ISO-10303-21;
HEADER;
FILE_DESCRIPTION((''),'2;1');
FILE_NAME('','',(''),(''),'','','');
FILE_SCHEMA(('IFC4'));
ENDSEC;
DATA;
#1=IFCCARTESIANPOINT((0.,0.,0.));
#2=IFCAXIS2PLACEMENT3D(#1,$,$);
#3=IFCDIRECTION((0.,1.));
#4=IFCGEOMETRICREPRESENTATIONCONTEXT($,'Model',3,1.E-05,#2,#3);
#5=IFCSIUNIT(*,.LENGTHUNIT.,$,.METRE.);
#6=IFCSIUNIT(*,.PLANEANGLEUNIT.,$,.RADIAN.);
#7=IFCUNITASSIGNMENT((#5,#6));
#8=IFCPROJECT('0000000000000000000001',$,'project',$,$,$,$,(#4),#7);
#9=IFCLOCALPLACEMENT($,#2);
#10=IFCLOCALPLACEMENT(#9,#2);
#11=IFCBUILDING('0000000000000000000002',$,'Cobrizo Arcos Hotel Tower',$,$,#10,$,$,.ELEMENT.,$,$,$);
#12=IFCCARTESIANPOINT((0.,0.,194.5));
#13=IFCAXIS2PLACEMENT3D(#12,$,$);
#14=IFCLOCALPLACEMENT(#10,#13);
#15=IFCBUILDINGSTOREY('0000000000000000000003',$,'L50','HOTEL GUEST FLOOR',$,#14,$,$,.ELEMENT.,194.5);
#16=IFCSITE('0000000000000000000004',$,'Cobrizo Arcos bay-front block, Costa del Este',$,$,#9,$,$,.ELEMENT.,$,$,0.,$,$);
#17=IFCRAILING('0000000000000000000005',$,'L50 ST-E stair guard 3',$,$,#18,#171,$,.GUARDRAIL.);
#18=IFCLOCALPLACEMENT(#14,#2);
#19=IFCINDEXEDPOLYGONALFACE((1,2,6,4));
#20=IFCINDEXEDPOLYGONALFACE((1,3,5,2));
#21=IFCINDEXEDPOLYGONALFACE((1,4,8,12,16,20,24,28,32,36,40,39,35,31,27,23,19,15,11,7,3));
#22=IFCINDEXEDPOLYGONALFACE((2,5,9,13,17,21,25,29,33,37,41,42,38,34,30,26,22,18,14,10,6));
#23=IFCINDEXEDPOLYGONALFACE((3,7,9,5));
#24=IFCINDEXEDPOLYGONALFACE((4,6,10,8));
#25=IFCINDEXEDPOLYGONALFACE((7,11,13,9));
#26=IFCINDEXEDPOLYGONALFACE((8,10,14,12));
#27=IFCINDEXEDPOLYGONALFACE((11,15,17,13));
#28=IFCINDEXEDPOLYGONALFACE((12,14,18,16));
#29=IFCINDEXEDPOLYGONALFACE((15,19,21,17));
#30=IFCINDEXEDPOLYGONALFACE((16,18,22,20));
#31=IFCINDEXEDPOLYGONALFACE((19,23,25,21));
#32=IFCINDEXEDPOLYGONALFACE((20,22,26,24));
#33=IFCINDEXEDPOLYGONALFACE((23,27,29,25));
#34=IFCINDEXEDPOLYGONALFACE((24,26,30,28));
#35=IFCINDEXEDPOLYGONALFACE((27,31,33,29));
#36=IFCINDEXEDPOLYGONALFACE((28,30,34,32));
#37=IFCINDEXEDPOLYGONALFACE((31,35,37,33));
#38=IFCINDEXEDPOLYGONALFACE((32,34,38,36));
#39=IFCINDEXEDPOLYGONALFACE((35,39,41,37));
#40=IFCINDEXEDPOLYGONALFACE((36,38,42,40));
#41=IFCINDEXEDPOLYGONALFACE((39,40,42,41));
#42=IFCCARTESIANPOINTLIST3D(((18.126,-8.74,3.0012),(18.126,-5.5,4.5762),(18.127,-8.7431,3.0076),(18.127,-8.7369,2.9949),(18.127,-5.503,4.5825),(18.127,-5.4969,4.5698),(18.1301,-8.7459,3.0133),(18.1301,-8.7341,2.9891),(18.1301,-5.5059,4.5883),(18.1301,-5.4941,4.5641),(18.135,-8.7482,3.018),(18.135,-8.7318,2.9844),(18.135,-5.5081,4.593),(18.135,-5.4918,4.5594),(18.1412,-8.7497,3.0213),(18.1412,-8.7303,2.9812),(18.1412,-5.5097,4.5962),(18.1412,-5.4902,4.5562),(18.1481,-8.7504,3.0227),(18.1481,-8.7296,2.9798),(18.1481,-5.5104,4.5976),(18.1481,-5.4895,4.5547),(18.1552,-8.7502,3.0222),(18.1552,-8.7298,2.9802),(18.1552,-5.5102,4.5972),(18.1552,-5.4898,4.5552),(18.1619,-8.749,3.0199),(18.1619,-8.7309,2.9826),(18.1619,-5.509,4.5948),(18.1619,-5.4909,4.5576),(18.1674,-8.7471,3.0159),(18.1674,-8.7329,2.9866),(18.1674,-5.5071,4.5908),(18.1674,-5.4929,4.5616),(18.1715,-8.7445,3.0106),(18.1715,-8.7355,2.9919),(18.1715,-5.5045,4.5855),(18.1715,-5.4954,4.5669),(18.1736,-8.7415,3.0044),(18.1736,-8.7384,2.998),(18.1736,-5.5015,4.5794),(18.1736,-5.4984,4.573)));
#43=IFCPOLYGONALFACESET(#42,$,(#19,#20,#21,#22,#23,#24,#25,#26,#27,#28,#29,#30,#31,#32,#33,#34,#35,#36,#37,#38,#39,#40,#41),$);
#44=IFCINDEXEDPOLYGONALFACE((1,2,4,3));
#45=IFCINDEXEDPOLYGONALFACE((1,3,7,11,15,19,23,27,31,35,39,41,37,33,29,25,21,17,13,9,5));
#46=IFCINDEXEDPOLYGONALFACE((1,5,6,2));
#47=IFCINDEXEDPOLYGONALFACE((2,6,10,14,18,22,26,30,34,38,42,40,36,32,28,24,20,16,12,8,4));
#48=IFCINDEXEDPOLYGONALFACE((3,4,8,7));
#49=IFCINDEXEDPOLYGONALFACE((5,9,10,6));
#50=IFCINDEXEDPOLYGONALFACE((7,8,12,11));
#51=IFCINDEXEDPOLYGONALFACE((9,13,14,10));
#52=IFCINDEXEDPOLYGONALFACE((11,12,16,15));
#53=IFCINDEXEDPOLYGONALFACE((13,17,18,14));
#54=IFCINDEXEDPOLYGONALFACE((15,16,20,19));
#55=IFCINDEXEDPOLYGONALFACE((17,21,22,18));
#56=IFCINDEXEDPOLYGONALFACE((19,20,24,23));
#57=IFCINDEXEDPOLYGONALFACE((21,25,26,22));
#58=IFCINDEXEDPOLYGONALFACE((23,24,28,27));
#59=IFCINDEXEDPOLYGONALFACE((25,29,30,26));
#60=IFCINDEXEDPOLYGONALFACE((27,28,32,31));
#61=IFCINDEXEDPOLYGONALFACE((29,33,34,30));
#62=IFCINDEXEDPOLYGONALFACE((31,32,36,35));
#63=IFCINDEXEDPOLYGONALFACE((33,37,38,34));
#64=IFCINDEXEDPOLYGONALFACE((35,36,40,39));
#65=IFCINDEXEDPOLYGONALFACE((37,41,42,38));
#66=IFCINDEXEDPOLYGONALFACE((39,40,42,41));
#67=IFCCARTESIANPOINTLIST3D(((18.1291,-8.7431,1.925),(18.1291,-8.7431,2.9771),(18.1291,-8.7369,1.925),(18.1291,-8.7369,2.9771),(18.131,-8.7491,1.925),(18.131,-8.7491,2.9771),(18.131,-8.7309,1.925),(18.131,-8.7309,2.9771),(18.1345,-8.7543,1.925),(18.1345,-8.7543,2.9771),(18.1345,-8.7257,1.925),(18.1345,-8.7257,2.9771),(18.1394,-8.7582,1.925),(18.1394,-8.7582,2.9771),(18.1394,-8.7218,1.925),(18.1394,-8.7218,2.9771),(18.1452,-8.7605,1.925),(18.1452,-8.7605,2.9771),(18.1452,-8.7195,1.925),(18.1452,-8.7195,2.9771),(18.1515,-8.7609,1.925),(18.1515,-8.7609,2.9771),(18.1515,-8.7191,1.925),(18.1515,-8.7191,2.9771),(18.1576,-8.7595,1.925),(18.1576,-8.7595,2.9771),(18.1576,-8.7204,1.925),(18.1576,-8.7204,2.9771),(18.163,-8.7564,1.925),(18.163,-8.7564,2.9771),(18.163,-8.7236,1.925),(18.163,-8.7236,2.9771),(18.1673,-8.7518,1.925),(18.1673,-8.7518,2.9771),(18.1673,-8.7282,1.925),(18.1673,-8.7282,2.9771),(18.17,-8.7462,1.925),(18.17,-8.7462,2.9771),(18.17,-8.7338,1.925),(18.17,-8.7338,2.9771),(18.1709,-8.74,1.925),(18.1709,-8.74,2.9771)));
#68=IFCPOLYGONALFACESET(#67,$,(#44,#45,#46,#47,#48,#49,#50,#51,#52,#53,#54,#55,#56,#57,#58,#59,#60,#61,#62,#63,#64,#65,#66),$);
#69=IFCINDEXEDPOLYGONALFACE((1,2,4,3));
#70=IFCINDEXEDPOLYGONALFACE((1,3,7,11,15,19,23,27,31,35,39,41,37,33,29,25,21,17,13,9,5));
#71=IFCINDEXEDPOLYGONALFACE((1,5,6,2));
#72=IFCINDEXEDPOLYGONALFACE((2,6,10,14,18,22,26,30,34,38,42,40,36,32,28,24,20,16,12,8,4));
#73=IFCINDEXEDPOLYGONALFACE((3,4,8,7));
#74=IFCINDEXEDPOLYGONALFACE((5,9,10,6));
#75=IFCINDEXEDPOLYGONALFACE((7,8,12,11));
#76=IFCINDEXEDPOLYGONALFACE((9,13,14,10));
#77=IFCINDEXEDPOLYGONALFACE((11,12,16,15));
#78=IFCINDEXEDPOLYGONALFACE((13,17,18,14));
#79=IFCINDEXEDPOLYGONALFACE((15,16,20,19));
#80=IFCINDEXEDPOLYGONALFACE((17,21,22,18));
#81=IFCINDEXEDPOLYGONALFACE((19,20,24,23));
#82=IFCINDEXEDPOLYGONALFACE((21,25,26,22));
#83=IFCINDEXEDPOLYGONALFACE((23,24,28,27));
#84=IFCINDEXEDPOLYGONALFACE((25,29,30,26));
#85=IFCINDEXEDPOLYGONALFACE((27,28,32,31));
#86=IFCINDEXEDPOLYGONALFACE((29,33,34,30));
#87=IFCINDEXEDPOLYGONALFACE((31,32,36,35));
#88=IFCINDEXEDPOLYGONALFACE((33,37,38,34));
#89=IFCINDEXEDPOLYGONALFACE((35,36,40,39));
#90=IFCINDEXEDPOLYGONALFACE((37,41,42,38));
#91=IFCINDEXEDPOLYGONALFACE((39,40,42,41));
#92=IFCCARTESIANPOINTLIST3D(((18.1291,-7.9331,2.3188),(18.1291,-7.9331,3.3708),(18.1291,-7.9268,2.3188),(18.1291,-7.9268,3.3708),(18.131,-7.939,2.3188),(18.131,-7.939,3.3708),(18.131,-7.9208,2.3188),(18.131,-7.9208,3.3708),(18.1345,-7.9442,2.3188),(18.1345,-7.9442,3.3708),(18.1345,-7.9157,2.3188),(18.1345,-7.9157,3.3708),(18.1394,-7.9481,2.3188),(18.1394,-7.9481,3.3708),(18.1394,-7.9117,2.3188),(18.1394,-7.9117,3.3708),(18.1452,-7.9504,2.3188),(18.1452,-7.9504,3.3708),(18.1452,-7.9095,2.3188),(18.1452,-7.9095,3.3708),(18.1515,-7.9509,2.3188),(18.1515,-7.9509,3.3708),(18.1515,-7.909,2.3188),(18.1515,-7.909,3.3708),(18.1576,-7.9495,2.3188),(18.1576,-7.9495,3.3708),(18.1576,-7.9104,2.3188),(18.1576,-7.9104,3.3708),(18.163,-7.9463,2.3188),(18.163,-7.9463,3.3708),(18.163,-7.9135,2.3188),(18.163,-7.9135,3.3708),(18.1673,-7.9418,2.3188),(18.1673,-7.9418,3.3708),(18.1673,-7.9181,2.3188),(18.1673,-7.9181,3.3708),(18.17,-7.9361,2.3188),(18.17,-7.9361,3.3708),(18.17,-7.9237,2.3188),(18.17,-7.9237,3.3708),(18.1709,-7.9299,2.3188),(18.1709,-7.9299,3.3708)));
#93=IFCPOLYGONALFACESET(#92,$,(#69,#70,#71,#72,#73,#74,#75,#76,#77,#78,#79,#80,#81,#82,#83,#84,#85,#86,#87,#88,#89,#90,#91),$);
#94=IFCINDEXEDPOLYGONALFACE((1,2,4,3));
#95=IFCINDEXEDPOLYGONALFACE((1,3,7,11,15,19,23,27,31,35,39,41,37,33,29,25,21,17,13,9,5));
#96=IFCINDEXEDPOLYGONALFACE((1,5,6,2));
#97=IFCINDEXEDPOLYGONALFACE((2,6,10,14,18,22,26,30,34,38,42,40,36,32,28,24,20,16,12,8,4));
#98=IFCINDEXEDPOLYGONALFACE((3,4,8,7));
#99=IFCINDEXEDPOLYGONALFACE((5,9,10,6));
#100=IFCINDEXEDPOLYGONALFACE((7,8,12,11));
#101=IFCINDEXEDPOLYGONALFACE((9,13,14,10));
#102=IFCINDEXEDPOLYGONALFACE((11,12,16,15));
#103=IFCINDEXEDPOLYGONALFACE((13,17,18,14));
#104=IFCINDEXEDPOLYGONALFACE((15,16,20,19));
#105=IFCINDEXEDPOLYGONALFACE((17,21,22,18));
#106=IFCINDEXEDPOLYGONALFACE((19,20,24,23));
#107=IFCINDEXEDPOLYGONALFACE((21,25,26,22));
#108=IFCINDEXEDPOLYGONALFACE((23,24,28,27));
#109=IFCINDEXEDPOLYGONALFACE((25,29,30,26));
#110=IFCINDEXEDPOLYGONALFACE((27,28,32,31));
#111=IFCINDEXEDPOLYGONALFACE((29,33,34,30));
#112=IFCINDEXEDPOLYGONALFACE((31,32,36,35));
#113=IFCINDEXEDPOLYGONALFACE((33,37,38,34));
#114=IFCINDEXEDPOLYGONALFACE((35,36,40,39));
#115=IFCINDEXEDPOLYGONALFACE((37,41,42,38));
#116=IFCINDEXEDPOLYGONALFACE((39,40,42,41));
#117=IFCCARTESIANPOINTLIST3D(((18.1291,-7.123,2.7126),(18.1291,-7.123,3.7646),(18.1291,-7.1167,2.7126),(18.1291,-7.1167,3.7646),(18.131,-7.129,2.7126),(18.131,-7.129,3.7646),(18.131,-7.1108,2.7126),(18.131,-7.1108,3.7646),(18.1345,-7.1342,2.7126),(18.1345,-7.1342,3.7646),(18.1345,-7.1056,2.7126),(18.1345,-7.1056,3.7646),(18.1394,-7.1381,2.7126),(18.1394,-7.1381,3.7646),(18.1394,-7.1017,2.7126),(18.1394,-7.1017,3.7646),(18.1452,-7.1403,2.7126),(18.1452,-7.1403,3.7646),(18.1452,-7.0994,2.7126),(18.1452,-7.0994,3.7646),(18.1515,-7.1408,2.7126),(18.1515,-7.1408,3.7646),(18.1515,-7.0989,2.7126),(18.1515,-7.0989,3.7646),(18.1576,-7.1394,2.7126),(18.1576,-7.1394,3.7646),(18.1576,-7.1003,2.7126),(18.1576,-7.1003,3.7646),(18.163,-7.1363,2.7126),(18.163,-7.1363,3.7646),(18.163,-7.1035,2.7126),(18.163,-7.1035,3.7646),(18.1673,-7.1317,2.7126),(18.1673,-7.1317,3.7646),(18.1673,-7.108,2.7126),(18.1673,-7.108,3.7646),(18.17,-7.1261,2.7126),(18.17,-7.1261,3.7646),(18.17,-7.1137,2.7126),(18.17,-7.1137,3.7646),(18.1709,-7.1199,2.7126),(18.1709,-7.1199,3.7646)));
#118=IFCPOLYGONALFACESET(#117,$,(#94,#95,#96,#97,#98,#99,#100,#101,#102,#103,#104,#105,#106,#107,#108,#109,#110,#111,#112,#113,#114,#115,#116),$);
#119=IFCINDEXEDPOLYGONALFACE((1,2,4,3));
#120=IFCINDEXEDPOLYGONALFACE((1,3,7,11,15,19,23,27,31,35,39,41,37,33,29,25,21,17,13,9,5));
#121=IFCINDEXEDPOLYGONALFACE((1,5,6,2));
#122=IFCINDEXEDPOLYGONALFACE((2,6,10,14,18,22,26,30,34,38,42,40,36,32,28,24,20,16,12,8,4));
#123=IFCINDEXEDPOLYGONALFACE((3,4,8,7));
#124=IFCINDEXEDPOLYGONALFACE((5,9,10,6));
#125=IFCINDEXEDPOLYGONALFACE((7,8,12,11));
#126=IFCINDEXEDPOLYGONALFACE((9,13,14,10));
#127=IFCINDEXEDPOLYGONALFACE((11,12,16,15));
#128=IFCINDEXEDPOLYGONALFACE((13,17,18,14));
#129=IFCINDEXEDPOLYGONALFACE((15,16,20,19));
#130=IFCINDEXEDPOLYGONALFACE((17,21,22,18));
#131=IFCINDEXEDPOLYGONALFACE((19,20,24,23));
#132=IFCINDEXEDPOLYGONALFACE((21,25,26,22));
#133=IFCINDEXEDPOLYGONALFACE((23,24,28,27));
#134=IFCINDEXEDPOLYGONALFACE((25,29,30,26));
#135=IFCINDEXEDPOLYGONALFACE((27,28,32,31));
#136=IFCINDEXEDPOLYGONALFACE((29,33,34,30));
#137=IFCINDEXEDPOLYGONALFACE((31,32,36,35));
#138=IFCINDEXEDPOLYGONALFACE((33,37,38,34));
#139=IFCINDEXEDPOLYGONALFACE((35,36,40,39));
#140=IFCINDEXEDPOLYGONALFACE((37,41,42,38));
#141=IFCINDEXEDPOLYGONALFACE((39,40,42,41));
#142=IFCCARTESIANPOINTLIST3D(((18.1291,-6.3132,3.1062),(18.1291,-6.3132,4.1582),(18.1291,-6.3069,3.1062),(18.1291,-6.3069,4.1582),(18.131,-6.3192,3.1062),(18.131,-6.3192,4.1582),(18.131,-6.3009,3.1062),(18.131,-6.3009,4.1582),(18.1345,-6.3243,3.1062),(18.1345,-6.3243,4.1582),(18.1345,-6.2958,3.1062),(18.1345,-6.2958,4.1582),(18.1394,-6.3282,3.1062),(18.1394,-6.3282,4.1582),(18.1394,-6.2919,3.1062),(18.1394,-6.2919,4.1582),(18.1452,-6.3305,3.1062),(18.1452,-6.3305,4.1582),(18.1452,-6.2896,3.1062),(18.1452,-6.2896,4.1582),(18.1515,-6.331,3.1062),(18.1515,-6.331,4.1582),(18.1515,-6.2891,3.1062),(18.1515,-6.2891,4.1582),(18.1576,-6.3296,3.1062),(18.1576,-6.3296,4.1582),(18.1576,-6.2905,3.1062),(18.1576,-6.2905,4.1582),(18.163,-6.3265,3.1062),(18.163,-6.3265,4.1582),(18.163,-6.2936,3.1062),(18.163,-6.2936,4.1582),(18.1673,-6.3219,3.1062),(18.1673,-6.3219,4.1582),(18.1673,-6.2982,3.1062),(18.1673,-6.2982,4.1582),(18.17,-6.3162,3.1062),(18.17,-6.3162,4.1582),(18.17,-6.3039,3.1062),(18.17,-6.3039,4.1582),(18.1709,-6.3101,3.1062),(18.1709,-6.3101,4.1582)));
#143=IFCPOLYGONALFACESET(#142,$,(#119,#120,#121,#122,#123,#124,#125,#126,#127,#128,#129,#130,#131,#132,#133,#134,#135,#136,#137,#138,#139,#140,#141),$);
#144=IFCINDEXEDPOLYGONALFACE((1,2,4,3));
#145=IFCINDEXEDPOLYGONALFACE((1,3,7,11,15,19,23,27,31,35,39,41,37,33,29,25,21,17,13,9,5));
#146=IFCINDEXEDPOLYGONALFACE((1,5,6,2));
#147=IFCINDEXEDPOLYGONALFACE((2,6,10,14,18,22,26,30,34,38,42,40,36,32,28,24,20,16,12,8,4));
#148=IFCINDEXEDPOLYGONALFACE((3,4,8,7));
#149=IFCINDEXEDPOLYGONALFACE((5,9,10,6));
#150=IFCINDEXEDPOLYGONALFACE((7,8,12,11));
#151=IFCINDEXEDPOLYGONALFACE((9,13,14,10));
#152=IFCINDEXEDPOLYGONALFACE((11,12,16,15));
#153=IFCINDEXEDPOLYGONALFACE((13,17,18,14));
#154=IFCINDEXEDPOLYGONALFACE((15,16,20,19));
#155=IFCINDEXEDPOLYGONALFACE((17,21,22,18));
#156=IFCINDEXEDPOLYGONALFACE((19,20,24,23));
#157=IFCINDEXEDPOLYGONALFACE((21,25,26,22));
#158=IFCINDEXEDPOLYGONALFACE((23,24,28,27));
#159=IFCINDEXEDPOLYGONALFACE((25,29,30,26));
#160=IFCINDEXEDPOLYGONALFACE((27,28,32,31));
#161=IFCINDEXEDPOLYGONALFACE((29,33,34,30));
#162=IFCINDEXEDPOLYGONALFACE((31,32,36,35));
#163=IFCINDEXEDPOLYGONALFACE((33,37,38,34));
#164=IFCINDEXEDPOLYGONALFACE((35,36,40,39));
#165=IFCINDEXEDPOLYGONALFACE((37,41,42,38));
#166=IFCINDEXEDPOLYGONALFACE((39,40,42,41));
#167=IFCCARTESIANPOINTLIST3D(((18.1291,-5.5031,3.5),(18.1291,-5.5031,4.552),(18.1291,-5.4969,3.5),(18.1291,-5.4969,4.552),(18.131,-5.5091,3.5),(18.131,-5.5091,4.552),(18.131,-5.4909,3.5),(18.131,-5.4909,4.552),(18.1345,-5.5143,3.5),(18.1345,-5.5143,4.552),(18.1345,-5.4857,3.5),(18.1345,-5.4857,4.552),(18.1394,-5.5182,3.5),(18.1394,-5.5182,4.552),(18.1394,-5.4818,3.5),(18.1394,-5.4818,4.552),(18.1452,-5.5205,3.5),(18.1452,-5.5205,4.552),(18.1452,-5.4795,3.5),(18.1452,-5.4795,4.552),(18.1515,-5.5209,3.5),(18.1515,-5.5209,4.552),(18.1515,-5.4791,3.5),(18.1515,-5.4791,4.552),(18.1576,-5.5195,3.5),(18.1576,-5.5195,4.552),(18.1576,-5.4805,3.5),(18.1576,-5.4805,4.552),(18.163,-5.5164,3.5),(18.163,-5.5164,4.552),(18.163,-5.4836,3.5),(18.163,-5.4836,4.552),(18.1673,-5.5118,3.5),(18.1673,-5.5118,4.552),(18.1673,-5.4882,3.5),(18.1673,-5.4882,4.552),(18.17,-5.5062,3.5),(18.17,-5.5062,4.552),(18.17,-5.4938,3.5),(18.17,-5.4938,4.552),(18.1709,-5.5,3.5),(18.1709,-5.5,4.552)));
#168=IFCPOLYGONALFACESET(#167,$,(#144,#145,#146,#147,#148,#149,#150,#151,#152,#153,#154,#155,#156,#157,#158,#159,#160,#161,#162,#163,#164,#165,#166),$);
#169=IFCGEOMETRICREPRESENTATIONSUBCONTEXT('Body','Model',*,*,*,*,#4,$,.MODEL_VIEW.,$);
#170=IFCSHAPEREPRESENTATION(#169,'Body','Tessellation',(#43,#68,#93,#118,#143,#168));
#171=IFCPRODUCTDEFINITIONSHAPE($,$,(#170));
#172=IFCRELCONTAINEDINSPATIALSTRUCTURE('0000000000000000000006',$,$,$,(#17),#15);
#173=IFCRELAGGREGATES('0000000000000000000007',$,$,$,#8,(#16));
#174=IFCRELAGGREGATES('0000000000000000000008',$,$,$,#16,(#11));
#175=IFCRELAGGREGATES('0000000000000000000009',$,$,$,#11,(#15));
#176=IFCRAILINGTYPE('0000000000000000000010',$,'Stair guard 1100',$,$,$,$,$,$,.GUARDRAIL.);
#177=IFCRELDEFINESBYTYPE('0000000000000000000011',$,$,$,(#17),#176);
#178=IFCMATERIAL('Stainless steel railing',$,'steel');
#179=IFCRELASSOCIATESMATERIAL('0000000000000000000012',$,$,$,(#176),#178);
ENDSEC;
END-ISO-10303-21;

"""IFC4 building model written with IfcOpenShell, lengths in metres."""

from ifc_helpers import new_model, si_unit, direction, frame, origin, origin_2d, place, context, subcontext, project, spatial, circle, extrude, material, type_object, element, save


model = new_model("IFC4")

# Units and contexts
model_context = context("Model", 3, precision=1e-05, world=origin(), true_north=direction((0.0, 1.0)))
body_context = subcontext(model_context, "Body", "Model", "MODEL_VIEW")
ifc_project = project(units=[si_unit("LENGTHUNIT", "METRE"), si_unit("PLANEANGLEUNIT", "RADIAN")], contexts=[model_context])

# Site, building, storey
site_placement = place(None, origin())
site = spatial("IfcSite", under=ifc_project, at=site_placement, Name="Cobrizo Arcos bay-front block, Costa del Este", CompositionType="ELEMENT", RefElevation=0.0)
building_placement = place(site_placement, origin())
building = spatial("IfcBuilding", under=site, at=building_placement, Name="Cobrizo Arcos Hotel Tower", CompositionType="ELEMENT")
storey_placement = place(building_placement, frame((0.0, 0.0, 194.5)))
storey = spatial("IfcBuildingStorey", under=building, at=storey_placement, Name="L50", Description="HOTEL GUEST FLOOR", CompositionType="ELEMENT", Elevation=194.5)

# Railing
ifc_material_1 = material(Name="Stainless steel railing", Category="steel")
railing_type_1 = type_object("IfcRailingType", Name="Stair guard 1100", PredefinedType="GUARDRAIL", material=ifc_material_1)
railing_1_placement = place(storey_placement, frame((18.1499, -8.74, 1.925)))
element("IfcRailing", 1, at=railing_1_placement, inside=storey, type_object=railing_type_1, Name="L50 ST-E stair guard 3", PredefinedType="GUARDRAIL", context=body_context, shape_type="SweptSolid", body=[
    extrude(circle(Radius=0.0239, at=origin_2d()), frame((0.0, 0.0, 1.0762), z_axis=(0.0, 0.899373, 0.437183), x_axis=(-1.0, 0.0, 0.0)), (0.0, 0.0, 1.0), 3.6025),
    extrude(circle(Radius=0.021, at=origin_2d()), origin(), (0.0, 0.0, 1.0), 1.052),
    extrude(circle(Radius=0.021, at=origin_2d()), frame((0.0, 0.8101, 0.3938)), (0.0, 0.0, 1.0), 1.052),
    extrude(circle(Radius=0.021, at=origin_2d()), frame((0.0, 1.6201, 0.7876)), (0.0, 0.0, 1.0), 1.052),
    extrude(circle(Radius=0.021, at=origin_2d()), frame((0.0, 2.4299, 1.1812)), (0.0, 0.0, 1.0), 1.052),
    extrude(circle(Radius=0.021, at=origin_2d()), frame((0.0, 3.24, 1.575)), (0.0, 0.0, 1.0), 1.052),
])

save(model, "model.ifc")
